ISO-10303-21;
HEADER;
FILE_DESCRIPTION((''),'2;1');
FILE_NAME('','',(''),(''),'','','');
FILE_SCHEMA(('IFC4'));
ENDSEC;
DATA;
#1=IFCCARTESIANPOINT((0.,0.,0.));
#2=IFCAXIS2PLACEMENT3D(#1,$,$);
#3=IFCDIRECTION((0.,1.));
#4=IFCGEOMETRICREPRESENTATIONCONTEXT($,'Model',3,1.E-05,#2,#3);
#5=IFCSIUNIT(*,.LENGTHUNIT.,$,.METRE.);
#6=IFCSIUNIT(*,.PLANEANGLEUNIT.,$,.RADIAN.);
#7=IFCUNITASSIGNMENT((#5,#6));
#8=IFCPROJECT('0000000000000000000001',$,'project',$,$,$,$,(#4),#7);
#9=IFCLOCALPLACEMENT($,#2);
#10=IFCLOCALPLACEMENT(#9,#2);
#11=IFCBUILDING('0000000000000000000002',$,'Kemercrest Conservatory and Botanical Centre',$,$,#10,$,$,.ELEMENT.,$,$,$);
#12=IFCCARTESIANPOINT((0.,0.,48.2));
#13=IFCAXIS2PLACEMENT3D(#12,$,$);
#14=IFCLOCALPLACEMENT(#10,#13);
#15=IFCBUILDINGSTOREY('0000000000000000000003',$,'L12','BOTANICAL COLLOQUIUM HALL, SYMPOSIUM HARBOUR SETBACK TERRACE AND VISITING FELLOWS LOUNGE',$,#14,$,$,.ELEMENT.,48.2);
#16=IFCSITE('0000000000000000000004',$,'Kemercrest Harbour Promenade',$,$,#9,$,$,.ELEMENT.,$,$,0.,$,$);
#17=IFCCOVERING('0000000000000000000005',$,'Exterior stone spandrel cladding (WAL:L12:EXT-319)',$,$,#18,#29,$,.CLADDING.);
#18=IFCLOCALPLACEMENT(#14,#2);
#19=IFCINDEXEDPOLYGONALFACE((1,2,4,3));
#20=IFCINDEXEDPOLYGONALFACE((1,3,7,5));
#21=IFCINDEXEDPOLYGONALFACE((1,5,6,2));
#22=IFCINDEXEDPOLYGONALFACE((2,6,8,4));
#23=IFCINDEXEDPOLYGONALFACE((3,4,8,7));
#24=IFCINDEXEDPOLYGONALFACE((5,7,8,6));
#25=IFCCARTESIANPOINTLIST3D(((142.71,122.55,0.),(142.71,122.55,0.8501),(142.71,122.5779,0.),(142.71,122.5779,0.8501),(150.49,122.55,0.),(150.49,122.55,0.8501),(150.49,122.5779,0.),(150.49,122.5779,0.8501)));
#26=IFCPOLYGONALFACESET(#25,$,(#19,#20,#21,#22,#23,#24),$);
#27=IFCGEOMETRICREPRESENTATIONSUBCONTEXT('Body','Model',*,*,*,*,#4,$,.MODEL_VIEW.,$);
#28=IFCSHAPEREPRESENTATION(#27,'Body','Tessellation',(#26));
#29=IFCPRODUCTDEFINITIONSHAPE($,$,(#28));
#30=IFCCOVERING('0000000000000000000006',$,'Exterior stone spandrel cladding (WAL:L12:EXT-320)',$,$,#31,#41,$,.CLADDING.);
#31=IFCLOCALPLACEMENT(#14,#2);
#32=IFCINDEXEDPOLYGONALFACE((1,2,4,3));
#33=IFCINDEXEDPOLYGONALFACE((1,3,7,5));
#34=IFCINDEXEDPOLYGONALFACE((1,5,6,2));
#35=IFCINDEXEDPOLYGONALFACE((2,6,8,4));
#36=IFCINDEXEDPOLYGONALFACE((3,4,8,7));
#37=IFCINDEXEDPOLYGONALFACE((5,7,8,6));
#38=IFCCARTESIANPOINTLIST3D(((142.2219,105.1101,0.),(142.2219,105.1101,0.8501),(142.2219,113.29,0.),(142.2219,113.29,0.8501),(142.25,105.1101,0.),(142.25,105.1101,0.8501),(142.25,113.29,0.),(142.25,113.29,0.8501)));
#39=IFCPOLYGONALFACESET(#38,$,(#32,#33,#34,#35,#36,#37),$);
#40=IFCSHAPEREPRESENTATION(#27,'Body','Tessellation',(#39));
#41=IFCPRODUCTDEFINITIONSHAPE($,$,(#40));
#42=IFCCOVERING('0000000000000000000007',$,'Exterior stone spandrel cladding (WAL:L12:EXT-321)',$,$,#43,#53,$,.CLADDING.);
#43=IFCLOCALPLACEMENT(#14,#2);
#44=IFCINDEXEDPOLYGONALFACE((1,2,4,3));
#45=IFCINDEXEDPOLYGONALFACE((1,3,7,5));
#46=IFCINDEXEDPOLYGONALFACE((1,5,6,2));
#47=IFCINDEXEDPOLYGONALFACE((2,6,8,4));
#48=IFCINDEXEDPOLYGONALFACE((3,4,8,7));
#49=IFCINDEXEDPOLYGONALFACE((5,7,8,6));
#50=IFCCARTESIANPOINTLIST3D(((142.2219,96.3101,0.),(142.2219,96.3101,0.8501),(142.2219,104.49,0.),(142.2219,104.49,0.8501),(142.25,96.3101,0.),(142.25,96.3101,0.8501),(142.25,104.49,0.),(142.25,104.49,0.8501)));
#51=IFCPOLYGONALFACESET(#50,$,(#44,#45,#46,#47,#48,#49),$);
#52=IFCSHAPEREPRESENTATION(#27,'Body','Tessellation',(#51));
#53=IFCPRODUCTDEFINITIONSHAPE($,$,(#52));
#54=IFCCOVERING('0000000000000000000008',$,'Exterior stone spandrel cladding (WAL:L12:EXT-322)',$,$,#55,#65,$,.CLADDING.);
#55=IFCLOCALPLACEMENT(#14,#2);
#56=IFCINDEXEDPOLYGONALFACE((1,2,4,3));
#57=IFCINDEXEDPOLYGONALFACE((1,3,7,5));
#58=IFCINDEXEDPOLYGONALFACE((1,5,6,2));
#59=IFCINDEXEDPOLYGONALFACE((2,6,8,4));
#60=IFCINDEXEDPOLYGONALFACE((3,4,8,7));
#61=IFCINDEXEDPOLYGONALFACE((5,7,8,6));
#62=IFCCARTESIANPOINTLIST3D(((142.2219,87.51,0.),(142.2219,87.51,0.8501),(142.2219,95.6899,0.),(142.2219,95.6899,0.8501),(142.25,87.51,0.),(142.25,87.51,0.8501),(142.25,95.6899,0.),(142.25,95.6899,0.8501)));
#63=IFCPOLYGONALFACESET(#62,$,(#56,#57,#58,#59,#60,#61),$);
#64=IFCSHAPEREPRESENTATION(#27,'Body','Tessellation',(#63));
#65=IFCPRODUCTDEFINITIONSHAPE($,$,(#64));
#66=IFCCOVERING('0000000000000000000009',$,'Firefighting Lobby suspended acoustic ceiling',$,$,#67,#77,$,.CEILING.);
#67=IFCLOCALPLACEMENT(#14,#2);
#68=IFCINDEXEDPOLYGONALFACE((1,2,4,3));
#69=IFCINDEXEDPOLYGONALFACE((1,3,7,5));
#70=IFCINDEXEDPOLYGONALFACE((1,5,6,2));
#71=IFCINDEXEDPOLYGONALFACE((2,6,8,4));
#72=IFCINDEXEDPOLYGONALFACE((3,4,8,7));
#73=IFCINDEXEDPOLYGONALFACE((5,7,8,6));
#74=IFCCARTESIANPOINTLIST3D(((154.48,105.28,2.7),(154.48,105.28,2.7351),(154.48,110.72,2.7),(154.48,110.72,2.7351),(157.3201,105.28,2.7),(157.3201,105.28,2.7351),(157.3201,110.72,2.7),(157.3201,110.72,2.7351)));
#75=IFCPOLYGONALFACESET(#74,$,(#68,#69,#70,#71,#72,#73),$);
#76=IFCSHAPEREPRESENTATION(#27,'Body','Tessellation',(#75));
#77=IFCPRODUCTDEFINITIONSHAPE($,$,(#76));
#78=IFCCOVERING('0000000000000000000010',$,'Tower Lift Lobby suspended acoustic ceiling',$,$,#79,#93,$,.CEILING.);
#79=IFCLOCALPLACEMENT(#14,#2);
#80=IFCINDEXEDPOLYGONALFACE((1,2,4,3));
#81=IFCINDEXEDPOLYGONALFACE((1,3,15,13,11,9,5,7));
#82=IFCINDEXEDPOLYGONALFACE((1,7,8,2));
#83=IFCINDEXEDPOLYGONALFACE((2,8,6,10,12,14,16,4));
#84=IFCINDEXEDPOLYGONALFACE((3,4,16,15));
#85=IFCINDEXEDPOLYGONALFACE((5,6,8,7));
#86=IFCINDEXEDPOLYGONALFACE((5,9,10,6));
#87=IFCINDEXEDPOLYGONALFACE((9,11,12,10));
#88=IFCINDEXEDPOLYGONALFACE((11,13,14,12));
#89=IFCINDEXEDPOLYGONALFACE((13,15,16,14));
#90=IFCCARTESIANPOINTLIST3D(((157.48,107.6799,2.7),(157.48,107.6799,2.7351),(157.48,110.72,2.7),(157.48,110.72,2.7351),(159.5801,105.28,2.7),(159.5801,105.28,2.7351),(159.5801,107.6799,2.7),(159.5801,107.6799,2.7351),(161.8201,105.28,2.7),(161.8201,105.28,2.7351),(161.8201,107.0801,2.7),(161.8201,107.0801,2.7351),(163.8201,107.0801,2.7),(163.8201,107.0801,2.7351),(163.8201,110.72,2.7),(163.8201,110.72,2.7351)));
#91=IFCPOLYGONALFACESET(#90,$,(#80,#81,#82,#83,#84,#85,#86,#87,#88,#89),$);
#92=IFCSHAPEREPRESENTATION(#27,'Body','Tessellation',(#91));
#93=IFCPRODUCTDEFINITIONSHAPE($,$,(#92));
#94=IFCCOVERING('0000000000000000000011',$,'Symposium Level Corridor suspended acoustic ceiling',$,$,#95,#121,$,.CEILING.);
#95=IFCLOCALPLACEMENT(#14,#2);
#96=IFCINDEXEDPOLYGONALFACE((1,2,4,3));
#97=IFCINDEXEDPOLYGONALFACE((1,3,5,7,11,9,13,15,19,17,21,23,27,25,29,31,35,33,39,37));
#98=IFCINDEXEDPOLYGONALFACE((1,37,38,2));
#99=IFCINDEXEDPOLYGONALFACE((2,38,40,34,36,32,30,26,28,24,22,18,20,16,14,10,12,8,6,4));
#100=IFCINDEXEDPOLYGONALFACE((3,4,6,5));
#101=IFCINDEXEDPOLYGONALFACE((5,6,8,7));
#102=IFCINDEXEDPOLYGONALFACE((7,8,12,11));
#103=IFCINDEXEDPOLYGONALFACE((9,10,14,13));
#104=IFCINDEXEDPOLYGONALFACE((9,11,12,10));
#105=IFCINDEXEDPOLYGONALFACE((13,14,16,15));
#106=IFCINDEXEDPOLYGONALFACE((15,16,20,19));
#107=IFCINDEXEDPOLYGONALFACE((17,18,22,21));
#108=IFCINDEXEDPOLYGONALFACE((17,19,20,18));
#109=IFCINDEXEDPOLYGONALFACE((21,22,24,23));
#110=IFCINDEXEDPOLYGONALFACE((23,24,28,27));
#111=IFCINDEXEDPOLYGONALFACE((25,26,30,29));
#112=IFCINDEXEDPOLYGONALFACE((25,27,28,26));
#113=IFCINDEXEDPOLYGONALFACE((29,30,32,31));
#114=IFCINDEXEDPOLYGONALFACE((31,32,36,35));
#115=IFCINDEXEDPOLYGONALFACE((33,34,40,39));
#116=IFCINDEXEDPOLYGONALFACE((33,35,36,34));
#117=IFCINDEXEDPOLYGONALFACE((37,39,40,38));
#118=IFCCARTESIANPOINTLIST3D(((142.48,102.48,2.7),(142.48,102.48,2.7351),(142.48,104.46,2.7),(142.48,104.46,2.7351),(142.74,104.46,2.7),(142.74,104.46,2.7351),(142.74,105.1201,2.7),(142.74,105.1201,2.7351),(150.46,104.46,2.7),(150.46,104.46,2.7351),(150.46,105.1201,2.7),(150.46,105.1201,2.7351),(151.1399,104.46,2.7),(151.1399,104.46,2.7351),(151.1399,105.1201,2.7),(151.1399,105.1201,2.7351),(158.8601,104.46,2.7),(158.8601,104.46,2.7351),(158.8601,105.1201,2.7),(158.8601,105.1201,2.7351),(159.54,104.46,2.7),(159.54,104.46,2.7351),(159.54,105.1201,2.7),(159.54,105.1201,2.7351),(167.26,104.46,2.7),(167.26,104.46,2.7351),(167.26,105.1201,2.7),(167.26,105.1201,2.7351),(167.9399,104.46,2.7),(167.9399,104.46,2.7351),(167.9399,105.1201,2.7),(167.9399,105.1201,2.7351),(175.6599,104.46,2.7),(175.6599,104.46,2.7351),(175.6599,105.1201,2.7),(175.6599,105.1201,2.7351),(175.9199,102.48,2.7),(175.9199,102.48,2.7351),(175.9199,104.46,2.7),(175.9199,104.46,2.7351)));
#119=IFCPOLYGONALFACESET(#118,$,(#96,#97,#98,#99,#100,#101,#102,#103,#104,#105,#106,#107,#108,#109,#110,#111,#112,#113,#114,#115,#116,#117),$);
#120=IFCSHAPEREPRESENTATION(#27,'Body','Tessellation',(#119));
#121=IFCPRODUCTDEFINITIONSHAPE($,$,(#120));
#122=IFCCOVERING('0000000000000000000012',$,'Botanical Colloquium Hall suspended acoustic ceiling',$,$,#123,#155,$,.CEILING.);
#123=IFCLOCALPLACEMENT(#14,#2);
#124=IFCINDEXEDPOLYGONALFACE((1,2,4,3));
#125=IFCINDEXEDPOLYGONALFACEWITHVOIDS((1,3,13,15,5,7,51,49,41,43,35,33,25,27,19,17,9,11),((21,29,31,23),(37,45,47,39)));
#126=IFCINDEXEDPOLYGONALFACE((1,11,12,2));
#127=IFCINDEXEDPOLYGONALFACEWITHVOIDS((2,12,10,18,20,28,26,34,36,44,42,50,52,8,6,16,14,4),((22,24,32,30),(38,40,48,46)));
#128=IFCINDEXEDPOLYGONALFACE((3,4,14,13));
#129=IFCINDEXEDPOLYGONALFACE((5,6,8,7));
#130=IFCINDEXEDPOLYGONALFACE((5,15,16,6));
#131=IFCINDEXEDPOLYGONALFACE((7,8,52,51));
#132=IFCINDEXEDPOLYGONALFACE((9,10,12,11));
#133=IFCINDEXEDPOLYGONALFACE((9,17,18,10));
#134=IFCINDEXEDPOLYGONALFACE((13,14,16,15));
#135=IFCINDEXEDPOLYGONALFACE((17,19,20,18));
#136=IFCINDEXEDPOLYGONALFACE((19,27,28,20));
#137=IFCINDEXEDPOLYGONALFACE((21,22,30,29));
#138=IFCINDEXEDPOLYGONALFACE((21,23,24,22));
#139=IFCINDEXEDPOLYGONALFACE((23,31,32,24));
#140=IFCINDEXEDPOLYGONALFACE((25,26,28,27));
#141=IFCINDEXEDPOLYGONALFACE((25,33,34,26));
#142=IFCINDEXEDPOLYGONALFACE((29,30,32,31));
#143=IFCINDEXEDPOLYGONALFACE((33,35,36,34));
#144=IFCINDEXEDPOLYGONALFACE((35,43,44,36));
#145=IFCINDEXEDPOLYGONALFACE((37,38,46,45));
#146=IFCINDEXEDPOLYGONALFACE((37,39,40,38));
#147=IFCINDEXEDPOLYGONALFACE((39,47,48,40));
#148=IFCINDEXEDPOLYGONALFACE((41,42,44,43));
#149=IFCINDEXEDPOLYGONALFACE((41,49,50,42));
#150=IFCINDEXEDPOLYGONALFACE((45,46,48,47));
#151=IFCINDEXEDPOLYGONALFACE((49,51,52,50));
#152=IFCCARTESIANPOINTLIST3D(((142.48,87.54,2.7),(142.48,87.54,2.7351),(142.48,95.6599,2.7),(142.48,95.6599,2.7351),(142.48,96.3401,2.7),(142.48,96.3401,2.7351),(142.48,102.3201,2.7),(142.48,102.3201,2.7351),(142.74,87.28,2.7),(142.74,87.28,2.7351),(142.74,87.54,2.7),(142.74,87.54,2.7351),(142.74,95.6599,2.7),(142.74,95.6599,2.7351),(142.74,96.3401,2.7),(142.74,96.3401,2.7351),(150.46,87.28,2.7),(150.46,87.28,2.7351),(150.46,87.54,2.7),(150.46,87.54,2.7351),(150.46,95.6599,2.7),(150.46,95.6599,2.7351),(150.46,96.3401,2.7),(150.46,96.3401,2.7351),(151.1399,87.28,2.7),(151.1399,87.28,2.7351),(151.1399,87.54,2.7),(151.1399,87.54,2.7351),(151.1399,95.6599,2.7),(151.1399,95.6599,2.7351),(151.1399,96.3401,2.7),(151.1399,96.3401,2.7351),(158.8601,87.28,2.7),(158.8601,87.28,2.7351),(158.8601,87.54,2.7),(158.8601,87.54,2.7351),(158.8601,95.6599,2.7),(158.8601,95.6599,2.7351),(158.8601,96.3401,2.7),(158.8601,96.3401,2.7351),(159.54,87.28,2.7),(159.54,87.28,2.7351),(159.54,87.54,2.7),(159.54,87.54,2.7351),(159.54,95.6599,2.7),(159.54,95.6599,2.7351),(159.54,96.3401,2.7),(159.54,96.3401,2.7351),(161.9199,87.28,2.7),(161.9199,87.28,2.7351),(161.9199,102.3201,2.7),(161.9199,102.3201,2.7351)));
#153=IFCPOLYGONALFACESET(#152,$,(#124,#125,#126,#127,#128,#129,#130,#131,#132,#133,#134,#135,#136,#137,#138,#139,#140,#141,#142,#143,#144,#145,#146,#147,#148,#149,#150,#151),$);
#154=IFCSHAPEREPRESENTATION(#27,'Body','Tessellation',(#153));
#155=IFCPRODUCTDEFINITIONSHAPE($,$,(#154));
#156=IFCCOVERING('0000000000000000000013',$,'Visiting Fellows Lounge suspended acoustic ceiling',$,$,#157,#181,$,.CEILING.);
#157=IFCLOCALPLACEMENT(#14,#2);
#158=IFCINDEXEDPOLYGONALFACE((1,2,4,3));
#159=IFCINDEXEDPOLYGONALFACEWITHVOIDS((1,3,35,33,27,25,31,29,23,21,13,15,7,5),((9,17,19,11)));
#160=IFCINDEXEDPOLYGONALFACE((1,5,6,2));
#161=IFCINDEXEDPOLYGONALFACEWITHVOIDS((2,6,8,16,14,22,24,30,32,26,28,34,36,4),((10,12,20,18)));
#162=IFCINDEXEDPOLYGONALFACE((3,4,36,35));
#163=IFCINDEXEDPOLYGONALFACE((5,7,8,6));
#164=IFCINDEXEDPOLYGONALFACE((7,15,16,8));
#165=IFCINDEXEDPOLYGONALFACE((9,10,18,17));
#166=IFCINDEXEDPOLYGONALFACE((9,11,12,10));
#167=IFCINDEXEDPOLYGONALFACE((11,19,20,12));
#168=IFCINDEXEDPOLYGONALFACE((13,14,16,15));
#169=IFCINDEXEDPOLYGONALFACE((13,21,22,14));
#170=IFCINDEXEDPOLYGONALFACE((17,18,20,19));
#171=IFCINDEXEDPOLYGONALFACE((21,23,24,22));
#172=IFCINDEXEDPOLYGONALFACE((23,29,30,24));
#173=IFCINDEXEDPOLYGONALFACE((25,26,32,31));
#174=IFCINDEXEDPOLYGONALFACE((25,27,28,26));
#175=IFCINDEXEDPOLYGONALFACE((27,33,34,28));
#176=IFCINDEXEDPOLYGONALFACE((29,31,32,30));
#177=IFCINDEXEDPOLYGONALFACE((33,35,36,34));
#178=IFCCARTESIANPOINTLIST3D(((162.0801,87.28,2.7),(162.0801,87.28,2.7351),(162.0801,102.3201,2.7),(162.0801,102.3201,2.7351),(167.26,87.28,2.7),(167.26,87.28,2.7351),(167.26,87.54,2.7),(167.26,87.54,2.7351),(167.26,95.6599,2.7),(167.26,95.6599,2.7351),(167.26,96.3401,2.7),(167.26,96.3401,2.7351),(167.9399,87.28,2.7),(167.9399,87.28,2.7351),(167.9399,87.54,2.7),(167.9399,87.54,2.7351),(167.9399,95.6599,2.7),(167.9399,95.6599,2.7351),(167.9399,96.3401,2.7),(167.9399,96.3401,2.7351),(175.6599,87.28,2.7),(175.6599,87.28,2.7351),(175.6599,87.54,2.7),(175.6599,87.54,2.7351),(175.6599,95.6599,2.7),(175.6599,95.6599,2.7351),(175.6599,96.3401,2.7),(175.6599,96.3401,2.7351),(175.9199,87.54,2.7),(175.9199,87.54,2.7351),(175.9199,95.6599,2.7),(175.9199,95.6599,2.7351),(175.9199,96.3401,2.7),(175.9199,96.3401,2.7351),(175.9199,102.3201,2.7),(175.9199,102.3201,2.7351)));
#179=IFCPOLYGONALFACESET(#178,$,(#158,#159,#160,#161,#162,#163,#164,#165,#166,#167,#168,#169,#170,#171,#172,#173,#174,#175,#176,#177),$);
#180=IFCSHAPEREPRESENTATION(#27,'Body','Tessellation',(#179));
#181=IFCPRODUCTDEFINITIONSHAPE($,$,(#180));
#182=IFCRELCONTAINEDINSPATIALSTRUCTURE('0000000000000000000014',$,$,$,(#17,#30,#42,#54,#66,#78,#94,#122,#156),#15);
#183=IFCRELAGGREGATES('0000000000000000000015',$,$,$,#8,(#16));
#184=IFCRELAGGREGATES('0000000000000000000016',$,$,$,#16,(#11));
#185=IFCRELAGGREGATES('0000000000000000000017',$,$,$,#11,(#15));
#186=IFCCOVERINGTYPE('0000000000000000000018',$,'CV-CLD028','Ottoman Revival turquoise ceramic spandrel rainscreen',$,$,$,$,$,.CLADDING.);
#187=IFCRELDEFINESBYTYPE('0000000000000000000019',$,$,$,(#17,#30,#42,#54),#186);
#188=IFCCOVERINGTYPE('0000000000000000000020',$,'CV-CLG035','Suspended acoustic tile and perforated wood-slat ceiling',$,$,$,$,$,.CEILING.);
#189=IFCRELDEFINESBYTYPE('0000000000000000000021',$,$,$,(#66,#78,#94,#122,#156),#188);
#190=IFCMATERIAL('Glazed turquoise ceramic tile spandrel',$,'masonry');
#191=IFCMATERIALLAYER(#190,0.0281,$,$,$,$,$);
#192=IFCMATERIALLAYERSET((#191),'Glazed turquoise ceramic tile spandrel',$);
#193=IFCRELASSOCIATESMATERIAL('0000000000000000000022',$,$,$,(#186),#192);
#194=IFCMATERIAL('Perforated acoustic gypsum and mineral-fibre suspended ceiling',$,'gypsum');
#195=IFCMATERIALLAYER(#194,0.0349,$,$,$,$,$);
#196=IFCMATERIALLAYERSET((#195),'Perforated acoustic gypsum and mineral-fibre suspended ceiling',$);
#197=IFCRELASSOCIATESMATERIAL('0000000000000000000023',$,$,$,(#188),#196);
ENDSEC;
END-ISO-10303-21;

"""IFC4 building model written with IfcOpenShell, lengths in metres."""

from ifc_helpers import new_model, si_unit, direction, frame, origin, place, context, subcontext, project, spatial, polyline, outline, extrude, material, layer, layer_set, type_object, element, save


model = new_model("IFC4")

# Units and contexts
model_context = context("Model", 3, precision=1e-05, world=origin(), true_north=direction((0.0, 1.0)))
body_context = subcontext(model_context, "Body", "Model", "MODEL_VIEW")
ifc_project = project(units=[si_unit("LENGTHUNIT", "METRE"), si_unit("PLANEANGLEUNIT", "RADIAN")], contexts=[model_context])

# Site, building, storey
site_placement = place(None, origin())
site = spatial("IfcSite", under=ifc_project, at=site_placement, Name="Kemercrest Harbour Promenade", CompositionType="ELEMENT", RefElevation=0.0)
building_placement = place(site_placement, origin())
building = spatial("IfcBuilding", under=site, at=building_placement, Name="Kemercrest Conservatory and Botanical Centre", CompositionType="ELEMENT")
storey_placement = place(building_placement, frame((0.0, 0.0, 48.2)))
storey = spatial("IfcBuildingStorey", under=building, at=storey_placement, Name="L12", Description="BOTANICAL COLLOQUIUM HALL, SYMPOSIUM HARBOUR SETBACK TERRACE AND VISITING FELLOWS LOUNGE", CompositionType="ELEMENT", Elevation=48.2)

# Coverings
ifc_material_1 = material(Name="Glazed turquoise ceramic tile spandrel", Category="masonry")
ifc_layer_1 = layer(ifc_material_1, 0.0281)
ifc_layer_set_1 = layer_set([ifc_layer_1], Name="Glazed turquoise ceramic tile spandrel")
covering_type_1 = type_object("IfcCoveringType", Name="CV-CLD028", Description="Ottoman Revival turquoise ceramic spandrel rainscreen", PredefinedType="CLADDING", material=ifc_layer_set_1)
covering_1_placement = place(storey_placement, origin())
element("IfcCovering", 1, at=covering_1_placement, inside=storey, type_object=covering_type_1, Name="Exterior stone spandrel cladding (WAL:L12:EXT-319)", PredefinedType="CLADDING", context=body_context, shape_type="SweptSolid", body=[
    extrude(outline(polyline([(150.49, 122.55), (150.49, 122.5779), (142.71, 122.5779), (142.71, 122.55), (150.49, 122.55)])), origin(), (0.0, 0.0, 1.0), 0.8501),
])
covering_2_placement = place(storey_placement, origin())
element("IfcCovering", 2, at=covering_2_placement, inside=storey, type_object=covering_type_1, Name="Exterior stone spandrel cladding (WAL:L12:EXT-320)", PredefinedType="CLADDING", context=body_context, shape_type="SweptSolid", body=[
    extrude(outline(polyline([(142.25, 113.29), (142.2219, 113.29), (142.2219, 105.1101), (142.25, 105.1101), (142.25, 113.29)])), origin(), (0.0, 0.0, 1.0), 0.8501),
])
covering_3_placement = place(storey_placement, origin())
element("IfcCovering", 3, at=covering_3_placement, inside=storey, type_object=covering_type_1, Name="Exterior stone spandrel cladding (WAL:L12:EXT-321)", PredefinedType="CLADDING", context=body_context, shape_type="SweptSolid", body=[
    extrude(outline(polyline([(142.25, 104.49), (142.2219, 104.49), (142.2219, 96.3101), (142.25, 96.3101), (142.25, 104.49)])), origin(), (0.0, 0.0, 1.0), 0.8501),
])
covering_4_placement = place(storey_placement, origin())
element("IfcCovering", 4, at=covering_4_placement, inside=storey, type_object=covering_type_1, Name="Exterior stone spandrel cladding (WAL:L12:EXT-322)", PredefinedType="CLADDING", context=body_context, shape_type="SweptSolid", body=[
    extrude(outline(polyline([(142.25, 95.6899), (142.2219, 95.6899), (142.2219, 87.51), (142.25, 87.51), (142.25, 95.6899)])), origin(), (0.0, 0.0, 1.0), 0.8501),
])
ifc_material_2 = material(Name="Perforated acoustic gypsum and mineral-fibre suspended ceiling", Category="gypsum")
ifc_layer_2 = layer(ifc_material_2, 0.0349)
ifc_layer_set_2 = layer_set([ifc_layer_2], Name="Perforated acoustic gypsum and mineral-fibre suspended ceiling")
covering_type_2 = type_object("IfcCoveringType", Name="CV-CLG035", Description="Suspended acoustic tile and perforated wood-slat ceiling", PredefinedType="CEILING", material=ifc_layer_set_2)
covering_5_placement = place(storey_placement, frame((0.0, 0.0, 2.7)))
element("IfcCovering", 5, at=covering_5_placement, inside=storey, type_object=covering_type_2, Name="Firefighting Lobby suspended acoustic ceiling", PredefinedType="CEILING", context=body_context, shape_type="SweptSolid", body=[
    extrude(outline(polyline([(154.48, 105.28), (157.3201, 105.28), (157.3201, 110.72), (154.48, 110.72), (154.48, 105.28)])), origin(), (0.0, 0.0, 1.0), 0.0352),
])
covering_6_placement = place(storey_placement, frame((0.0, 0.0, 2.7)))
element("IfcCovering", 6, at=covering_6_placement, inside=storey, type_object=covering_type_2, Name="Tower Lift Lobby suspended acoustic ceiling", PredefinedType="CEILING", context=body_context, shape_type="SweptSolid", body=[
    extrude(outline(polyline([(159.5801, 107.6799), (159.5801, 105.28), (161.8201, 105.28), (161.8201, 107.0801), (163.8201, 107.0801), (163.8201, 110.72), (157.48, 110.72), (157.48, 107.6799), (159.5801, 107.6799)])), origin(), (0.0, 0.0, 1.0), 0.0352),
])
covering_7_placement = place(storey_placement, frame((0.0, 0.0, 2.7)))
element("IfcCovering", 7, at=covering_7_placement, inside=storey, type_object=covering_type_2, Name="Symposium Level Corridor suspended acoustic ceiling", PredefinedType="CEILING", context=body_context, shape_type="SweptSolid", body=[
    extrude(outline(polyline([(142.48, 102.48), (175.9199, 102.48), (175.9199, 104.46), (175.6599, 104.46), (175.6599, 105.1201), (167.9399, 105.1201), (167.9399, 104.46), (167.26, 104.46), (167.26, 105.1201), (159.54, 105.1201), (159.54, 104.46), (158.8601, 104.46), (158.8601, 105.1201), (151.1399, 105.1201), (151.1399, 104.46), (150.46, 104.46), (150.46, 105.1201), (142.74, 105.1201), (142.74, 104.46), (142.48, 104.46), (142.48, 102.48)])), origin(), (0.0, 0.0, 1.0), 0.0352),
])
covering_8_placement = place(storey_placement, frame((0.0, 0.0, 2.7)))
element("IfcCovering", 8, at=covering_8_placement, inside=storey, type_object=covering_type_2, Name="Botanical Colloquium Hall suspended acoustic ceiling", PredefinedType="CEILING", context=body_context, shape_type="SweptSolid", body=[
    extrude(outline(polyline([(158.8601, 87.54), (159.54, 87.54), (159.54, 87.28), (161.9199, 87.28), (161.9199, 102.3201), (142.48, 102.3201), (142.48, 96.3401), (142.74, 96.3401), (142.74, 95.6599), (142.48, 95.6599), (142.48, 87.54), (142.74, 87.54), (142.74, 87.28), (150.46, 87.28), (150.46, 87.54), (151.1399, 87.54), (151.1399, 87.28), (158.8601, 87.28), (158.8601, 87.54)]), holes=[polyline([(158.8601, 96.3401), (159.54, 96.3401), (159.54, 95.6599), (158.8601, 95.6599), (158.8601, 96.3401)]), polyline([(150.46, 95.6599), (150.46, 96.3401), (151.1399, 96.3401), (151.1399, 95.6599), (150.46, 95.6599)])]), origin(), (0.0, 0.0, 1.0), 0.0352),
])
covering_9_placement = place(storey_placement, frame((0.0, 0.0, 2.7)))
element("IfcCovering", 9, at=covering_9_placement, inside=storey, type_object=covering_type_2, Name="Visiting Fellows Lounge suspended acoustic ceiling", PredefinedType="CEILING", context=body_context, shape_type="SweptSolid", body=[
    extrude(outline(polyline([(167.26, 87.54), (167.9399, 87.54), (167.9399, 87.28), (175.6599, 87.28), (175.6599, 87.54), (175.9199, 87.54), (175.9199, 95.6599), (175.6599, 95.6599), (175.6599, 96.3401), (175.9199, 96.3401), (175.9199, 102.3201), (162.0801, 102.3201), (162.0801, 87.28), (167.26, 87.28), (167.26, 87.54)]), holes=[polyline([(167.26, 96.3401), (167.9399, 96.3401), (167.9399, 95.6599), (167.26, 95.6599), (167.26, 96.3401)])]), origin(), (0.0, 0.0, 1.0), 0.0352),
])

save(model, "model.ifc")
